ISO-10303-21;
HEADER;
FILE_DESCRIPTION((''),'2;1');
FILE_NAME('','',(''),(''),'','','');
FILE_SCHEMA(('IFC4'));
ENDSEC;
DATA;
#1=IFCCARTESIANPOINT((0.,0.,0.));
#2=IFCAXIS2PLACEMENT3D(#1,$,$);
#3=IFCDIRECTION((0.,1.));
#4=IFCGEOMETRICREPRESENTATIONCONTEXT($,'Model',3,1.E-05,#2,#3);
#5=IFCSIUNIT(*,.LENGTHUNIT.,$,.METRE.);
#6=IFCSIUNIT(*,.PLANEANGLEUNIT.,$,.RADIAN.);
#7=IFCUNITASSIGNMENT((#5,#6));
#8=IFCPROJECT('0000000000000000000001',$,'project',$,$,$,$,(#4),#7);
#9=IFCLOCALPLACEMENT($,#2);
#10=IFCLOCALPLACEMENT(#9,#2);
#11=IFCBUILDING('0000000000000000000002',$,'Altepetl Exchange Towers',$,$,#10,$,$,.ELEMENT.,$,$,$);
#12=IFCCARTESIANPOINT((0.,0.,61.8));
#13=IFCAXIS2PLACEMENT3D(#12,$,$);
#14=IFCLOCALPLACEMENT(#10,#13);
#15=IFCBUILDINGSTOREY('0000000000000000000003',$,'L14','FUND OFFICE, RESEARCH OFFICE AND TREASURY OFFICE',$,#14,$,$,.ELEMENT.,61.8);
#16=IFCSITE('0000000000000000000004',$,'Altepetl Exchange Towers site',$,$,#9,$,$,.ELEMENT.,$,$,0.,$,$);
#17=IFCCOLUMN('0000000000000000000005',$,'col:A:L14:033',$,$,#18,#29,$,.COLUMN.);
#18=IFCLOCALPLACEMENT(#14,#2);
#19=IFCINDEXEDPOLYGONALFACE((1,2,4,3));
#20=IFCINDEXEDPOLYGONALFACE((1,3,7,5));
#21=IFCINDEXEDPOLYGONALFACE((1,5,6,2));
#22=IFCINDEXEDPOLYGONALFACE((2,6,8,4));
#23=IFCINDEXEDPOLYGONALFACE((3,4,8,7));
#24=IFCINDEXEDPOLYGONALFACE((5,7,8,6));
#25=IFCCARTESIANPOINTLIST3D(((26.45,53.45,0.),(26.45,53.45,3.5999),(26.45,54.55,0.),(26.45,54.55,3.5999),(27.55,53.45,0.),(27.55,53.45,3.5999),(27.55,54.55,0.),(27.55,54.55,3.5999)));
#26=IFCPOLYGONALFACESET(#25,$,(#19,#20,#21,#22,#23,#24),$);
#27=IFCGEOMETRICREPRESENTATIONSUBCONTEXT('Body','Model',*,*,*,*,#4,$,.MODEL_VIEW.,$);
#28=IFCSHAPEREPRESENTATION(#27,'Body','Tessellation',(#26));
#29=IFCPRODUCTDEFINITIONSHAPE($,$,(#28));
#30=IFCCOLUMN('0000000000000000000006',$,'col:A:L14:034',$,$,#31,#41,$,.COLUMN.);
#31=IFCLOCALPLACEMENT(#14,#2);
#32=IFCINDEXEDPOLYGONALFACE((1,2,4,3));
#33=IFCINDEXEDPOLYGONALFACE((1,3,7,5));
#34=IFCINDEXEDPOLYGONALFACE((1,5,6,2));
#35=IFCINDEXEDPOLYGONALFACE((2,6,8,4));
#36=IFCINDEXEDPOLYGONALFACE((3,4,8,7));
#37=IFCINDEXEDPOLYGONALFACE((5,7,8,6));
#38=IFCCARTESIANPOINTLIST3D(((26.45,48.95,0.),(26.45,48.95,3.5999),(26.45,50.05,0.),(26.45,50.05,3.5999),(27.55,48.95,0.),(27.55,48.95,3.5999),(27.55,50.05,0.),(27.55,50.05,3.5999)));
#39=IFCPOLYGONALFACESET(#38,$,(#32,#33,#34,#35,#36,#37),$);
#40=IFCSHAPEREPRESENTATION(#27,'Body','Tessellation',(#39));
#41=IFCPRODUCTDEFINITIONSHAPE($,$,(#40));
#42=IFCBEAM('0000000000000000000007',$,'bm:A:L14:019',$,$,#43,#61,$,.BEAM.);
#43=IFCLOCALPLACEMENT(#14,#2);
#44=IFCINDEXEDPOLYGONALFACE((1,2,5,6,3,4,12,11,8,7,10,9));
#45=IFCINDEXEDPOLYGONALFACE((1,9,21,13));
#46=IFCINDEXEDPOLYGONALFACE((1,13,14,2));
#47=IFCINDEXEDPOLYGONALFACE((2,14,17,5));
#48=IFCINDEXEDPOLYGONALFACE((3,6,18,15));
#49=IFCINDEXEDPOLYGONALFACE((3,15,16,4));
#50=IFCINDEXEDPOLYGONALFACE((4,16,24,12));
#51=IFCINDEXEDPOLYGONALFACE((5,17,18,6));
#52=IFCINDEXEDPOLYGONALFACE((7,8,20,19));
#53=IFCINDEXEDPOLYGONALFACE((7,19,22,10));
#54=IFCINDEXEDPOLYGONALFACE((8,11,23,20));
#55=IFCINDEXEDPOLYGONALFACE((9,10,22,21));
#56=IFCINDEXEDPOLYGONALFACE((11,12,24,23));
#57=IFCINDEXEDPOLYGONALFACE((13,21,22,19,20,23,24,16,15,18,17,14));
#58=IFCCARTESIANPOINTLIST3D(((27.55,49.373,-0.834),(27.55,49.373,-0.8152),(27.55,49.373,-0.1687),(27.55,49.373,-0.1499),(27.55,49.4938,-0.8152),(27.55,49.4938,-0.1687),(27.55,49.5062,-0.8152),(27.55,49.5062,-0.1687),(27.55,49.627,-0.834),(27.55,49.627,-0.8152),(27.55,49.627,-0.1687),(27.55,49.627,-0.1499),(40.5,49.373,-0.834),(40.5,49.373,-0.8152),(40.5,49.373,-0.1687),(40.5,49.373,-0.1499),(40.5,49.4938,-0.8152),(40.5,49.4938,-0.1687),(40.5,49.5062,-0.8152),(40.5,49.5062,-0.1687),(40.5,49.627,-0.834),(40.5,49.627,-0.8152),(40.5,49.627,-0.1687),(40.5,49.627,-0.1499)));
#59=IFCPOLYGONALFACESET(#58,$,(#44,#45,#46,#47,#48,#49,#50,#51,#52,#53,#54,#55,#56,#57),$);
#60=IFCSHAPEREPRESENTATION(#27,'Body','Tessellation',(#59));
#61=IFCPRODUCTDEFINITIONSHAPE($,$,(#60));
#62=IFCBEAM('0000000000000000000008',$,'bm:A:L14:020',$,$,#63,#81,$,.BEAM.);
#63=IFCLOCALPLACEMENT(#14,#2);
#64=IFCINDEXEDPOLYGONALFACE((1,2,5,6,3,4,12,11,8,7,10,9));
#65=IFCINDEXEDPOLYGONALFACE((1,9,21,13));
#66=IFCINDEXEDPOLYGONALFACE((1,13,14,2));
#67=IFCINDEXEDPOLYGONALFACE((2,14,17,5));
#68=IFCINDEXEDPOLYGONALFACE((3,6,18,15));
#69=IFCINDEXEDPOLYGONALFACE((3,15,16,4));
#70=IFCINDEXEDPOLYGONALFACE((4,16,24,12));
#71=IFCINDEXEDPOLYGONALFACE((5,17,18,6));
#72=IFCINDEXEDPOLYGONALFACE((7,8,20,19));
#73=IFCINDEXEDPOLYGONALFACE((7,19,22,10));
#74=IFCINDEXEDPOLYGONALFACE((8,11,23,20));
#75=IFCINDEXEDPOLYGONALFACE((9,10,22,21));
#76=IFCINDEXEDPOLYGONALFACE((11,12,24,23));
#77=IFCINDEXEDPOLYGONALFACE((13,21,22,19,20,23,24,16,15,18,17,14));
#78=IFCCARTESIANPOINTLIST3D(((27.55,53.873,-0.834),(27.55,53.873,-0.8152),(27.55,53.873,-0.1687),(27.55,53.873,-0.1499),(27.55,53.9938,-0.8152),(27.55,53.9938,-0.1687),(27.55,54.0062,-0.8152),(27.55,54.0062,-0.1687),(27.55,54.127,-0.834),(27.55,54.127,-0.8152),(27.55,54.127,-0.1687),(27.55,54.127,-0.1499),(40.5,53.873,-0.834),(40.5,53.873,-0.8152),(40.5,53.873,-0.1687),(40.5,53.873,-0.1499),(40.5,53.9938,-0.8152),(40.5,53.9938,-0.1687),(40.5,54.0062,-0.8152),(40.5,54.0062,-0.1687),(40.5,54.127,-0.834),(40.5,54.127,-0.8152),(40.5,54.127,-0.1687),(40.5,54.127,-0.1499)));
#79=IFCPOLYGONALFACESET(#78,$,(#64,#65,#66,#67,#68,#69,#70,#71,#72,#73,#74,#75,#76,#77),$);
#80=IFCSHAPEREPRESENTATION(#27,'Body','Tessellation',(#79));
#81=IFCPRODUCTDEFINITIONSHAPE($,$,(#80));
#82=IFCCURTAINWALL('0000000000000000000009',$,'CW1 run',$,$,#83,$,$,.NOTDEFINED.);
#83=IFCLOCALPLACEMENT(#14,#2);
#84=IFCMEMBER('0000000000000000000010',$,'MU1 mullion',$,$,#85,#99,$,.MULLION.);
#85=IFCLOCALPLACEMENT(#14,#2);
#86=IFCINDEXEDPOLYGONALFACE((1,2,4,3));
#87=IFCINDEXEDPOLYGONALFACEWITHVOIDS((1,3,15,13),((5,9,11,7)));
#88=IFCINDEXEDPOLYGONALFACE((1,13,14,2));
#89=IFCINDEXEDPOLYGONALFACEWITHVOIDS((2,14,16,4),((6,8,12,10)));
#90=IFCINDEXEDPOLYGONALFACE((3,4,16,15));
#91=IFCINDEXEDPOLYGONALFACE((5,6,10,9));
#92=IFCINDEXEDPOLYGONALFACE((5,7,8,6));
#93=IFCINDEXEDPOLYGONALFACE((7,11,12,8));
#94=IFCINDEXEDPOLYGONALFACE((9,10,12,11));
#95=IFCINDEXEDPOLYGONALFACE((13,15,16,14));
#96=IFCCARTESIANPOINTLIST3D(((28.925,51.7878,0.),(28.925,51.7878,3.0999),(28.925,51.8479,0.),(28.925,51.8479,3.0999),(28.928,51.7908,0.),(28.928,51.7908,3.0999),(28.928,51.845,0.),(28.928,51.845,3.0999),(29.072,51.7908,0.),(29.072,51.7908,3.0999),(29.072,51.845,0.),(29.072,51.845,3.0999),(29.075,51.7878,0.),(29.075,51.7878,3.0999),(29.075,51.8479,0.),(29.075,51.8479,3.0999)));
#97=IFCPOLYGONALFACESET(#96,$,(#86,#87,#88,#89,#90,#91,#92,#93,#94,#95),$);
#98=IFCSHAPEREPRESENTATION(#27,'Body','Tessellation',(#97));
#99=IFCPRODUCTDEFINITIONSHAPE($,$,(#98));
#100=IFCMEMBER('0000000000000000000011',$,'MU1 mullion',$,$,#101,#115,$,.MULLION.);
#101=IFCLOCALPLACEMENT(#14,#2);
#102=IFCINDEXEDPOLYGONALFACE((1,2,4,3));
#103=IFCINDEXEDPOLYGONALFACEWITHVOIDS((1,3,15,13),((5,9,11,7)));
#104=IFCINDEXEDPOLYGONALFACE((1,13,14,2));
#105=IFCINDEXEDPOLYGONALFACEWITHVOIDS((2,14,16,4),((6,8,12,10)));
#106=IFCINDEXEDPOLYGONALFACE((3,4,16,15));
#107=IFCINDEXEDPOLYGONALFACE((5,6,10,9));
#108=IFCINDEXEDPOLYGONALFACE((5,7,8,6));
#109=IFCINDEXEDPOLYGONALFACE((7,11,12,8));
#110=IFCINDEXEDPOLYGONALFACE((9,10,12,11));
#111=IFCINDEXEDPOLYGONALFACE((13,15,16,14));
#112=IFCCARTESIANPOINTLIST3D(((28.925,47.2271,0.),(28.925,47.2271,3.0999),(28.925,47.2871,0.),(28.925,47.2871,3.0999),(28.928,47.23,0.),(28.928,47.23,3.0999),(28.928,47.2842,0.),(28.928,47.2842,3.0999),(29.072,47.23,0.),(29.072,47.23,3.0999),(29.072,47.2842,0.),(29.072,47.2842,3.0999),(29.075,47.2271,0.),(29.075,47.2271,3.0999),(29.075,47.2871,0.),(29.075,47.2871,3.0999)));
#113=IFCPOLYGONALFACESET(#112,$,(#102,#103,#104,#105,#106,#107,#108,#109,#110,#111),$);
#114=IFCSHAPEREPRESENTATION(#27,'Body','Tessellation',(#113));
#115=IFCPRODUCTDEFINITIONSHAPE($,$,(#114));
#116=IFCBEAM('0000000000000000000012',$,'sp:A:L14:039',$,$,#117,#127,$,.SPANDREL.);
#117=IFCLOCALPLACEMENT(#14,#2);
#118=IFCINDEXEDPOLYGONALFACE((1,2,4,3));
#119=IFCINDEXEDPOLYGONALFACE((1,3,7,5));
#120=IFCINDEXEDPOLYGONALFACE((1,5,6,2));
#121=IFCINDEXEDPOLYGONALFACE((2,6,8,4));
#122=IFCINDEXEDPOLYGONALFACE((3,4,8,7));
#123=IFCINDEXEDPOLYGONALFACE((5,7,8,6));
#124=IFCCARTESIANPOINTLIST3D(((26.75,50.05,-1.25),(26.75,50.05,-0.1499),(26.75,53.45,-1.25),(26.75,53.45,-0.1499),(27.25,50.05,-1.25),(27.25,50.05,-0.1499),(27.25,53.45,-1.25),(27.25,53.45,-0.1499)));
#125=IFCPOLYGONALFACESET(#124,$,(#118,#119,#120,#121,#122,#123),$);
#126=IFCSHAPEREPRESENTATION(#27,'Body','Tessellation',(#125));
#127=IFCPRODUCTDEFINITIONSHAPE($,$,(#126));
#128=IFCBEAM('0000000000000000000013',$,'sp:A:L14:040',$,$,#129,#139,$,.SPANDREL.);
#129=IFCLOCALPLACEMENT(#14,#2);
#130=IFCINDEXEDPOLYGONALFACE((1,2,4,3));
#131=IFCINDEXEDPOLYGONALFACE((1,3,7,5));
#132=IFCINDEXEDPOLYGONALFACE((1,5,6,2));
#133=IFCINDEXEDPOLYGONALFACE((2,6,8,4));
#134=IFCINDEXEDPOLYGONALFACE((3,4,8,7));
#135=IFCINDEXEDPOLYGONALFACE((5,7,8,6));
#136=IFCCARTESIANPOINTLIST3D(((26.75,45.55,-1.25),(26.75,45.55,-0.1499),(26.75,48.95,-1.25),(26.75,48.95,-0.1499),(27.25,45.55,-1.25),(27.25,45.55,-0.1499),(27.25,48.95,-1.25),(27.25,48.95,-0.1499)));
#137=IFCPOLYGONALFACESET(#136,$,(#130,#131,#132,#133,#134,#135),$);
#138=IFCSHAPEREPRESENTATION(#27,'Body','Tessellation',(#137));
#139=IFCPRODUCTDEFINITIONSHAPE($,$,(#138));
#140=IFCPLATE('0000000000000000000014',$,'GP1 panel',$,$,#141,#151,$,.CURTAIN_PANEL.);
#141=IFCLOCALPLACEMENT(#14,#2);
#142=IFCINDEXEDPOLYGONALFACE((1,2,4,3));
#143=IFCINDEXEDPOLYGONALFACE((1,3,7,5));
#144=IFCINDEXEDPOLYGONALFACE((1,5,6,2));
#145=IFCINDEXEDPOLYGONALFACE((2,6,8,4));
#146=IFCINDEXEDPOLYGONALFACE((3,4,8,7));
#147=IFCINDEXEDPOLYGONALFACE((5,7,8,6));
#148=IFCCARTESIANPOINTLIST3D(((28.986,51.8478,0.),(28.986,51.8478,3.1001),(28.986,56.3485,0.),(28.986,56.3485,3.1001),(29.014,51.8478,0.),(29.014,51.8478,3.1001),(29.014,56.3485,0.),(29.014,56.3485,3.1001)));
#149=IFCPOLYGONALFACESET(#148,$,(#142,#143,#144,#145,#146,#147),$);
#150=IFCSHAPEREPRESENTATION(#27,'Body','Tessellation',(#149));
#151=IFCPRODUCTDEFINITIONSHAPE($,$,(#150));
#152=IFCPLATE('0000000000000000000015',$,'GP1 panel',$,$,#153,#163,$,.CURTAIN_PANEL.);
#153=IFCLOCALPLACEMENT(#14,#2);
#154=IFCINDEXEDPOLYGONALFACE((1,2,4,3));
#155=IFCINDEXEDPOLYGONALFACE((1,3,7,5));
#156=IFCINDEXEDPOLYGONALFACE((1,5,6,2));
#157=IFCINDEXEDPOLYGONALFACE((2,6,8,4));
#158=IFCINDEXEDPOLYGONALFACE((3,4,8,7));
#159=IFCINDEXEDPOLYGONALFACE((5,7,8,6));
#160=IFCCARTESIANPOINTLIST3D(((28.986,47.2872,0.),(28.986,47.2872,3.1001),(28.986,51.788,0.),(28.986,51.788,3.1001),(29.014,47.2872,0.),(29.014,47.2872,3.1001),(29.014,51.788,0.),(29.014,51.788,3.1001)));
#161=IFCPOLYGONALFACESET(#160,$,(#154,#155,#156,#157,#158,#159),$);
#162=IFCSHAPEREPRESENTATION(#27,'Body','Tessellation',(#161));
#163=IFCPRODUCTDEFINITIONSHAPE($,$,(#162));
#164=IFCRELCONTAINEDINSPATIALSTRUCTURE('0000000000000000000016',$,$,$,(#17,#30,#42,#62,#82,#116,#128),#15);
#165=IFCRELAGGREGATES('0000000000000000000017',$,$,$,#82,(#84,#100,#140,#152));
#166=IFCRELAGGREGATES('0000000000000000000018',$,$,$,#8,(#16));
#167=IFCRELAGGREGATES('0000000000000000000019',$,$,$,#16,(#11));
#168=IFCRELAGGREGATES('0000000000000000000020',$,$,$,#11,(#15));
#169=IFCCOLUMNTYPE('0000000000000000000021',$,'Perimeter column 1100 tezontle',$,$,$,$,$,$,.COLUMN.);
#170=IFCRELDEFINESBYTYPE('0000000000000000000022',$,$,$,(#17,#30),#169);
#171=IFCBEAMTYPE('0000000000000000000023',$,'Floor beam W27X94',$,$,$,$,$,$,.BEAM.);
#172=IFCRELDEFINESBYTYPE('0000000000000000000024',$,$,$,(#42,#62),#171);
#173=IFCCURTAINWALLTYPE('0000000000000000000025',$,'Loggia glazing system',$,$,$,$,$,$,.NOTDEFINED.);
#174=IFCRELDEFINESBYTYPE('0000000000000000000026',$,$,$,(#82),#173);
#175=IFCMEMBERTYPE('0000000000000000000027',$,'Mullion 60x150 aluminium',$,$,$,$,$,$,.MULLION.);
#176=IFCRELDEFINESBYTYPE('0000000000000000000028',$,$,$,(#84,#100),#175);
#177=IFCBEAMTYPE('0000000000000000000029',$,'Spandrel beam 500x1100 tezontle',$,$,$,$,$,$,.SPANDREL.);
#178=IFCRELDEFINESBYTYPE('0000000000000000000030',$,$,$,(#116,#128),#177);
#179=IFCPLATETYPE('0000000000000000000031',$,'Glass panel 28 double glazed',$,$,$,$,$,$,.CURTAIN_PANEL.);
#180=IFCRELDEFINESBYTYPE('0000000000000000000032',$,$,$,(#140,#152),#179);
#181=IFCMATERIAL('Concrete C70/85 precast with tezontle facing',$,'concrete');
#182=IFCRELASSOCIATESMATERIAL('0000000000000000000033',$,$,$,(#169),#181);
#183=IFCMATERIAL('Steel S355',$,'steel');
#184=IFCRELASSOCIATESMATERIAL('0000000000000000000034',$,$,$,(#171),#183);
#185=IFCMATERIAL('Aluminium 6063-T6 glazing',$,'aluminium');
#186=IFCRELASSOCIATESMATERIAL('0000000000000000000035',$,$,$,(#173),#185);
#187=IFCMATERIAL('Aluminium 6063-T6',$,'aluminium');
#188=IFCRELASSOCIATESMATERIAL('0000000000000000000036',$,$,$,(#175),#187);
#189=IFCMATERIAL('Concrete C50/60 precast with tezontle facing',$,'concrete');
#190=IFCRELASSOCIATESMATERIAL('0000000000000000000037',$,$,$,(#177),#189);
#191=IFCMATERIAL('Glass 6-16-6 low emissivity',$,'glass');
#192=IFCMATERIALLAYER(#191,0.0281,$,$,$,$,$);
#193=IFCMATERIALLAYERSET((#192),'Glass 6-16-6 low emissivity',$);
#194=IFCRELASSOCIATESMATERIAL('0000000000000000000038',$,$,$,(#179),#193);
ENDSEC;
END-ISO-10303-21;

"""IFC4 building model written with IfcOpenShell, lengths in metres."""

from ifc_helpers import new_model, si_unit, direction, frame, origin, origin_2d, place, context, subcontext, project, spatial, rectangle, hollow_rectangle, i_section, extrude, material, layer, layer_set, material_profile, profile_set, type_object, element, aggregate, save


model = new_model("IFC4")

# Units and contexts
model_context = context("Model", 3, precision=1e-05, world=origin(), true_north=direction((0.0, 1.0)))
body_context = subcontext(model_context, "Body", "Model", "MODEL_VIEW")
ifc_project = project(units=[si_unit("LENGTHUNIT", "METRE"), si_unit("PLANEANGLEUNIT", "RADIAN")], contexts=[model_context])

# Site, building, storey
site_placement = place(None, origin())
site = spatial("IfcSite", under=ifc_project, at=site_placement, Name="Altepetl Exchange Towers site", CompositionType="ELEMENT", RefElevation=0.0)
building_placement = place(site_placement, origin())
building = spatial("IfcBuilding", under=site, at=building_placement, Name="Altepetl Exchange Towers", CompositionType="ELEMENT")
storey_placement = place(building_placement, frame((0.0, 0.0, 61.8)))
storey = spatial("IfcBuildingStorey", under=building, at=storey_placement, Name="L14", Description="FUND OFFICE, RESEARCH OFFICE AND TREASURY OFFICE", CompositionType="ELEMENT", Elevation=61.8)

# Columns
ifc_material_1 = material(Name="Concrete C70/85 precast with tezontle facing", Category="concrete")
ifc_material_profile_1 = material_profile(ifc_material_1, rectangle(XDim=1.1001, YDim=1.1001, at=origin_2d()), Name="1100 x 1100")
ifc_profile_set_1 = profile_set([ifc_material_profile_1], Name="Concrete C70/85 precast with tezontle facing")
column_type = type_object("IfcColumnType", Name="Perimeter column 1100 tezontle", PredefinedType="COLUMN", material=ifc_profile_set_1)
for number, where, name in (
    (1, (27.0, 54.0, 0.0), "col:A:L14:033"),
    (2, (27.0, 49.5, 0.0), "col:A:L14:034"),
):
    element("IfcColumn", number, at=place(storey_placement, frame(where)), inside=storey, type_object=column_type, Name=name, PredefinedType="COLUMN", context=body_context, shape_type="SweptSolid", body=[
        extrude(rectangle(XDim=1.1001, YDim=1.1001, at=origin_2d()), origin(), (0.0, 0.0, 1.0), 3.5999),
    ])

# Beams
ifc_material_2 = material(Name="Steel S355", Category="steel")
ifc_material_profile_2 = material_profile(ifc_material_2, i_section(OverallWidth=0.2539, OverallDepth=0.6841, WebThickness=0.0125, FlangeThickness=0.0188, at=origin_2d()), Name="W27X94")
ifc_profile_set_2 = profile_set([ifc_material_profile_2], Name="Steel S355")
beam_type_1 = type_object("IfcBeamType", Name="Floor beam W27X94", PredefinedType="BEAM", material=ifc_profile_set_2)
for number, where, z_axis, x_axis, name in (
    (3, (27.55, 49.5, -0.4919), (1.0, 0.0, 0.0), (0.0, 1.0, 0.0), "bm:A:L14:019"),
    (4, (27.55, 54.0, -0.4919), (1.0, 0.0, 0.0), (0.0, 1.0, 0.0), "bm:A:L14:020"),
):
    element("IfcBeam", number, at=place(storey_placement, frame(where, z_axis=z_axis, x_axis=x_axis)), inside=storey, type_object=beam_type_1, Name=name, PredefinedType="BEAM", context=body_context, shape_type="SweptSolid", body=[
        extrude(i_section(OverallWidth=0.2539, OverallDepth=0.6841, WebThickness=0.0125, FlangeThickness=0.0188, at=origin_2d()), origin(), (0.0, 0.0, 1.0), 12.95),
    ])

# Curtain wall, members
ifc_material_3 = material(Name="Aluminium 6063-T6 glazing", Category="aluminium")
curtain_wall_type = type_object("IfcCurtainWallType", Name="Loggia glazing system", PredefinedType="NOTDEFINED", material=ifc_material_3)
curtain_wall_placement = place(storey_placement, origin())
curtain_wall = element("IfcCurtainWall", 5, at=curtain_wall_placement, inside=storey, type_object=curtain_wall_type, Name="CW1 run", PredefinedType="NOTDEFINED")
ifc_material_4 = material(Name="Aluminium 6063-T6", Category="aluminium")
ifc_material_profile_3 = material_profile(ifc_material_4, hollow_rectangle(XDim=0.0601, YDim=0.1499, WallThickness=0.0029, at=origin_2d()), Name="Mullion 60x150 aluminium")
ifc_profile_set_3 = profile_set([ifc_material_profile_3], Name="Aluminium 6063-T6")
member_type = type_object("IfcMemberType", Name="Mullion 60x150 aluminium", PredefinedType="MULLION", material=ifc_profile_set_3)
member_1_placement = place(storey_placement, frame((29.0, 51.8179, 0.0), z_axis=(0.0, 0.0, 1.0), x_axis=(0.0, -1.0, 0.0)))
member_1 = element("IfcMember", 6, at=member_1_placement, type_object=member_type, Name="MU1 mullion", PredefinedType="MULLION", context=body_context, shape_type="SweptSolid", body=[
    extrude(hollow_rectangle(XDim=0.0601, YDim=0.1499, WallThickness=0.0029, at=origin_2d()), origin(), (0.0, 0.0, 1.0), 3.0999),
])
member_2_placement = place(storey_placement, frame((29.0, 47.2571, 0.0), z_axis=(0.0, 0.0, 1.0), x_axis=(0.0, -1.0, 0.0)))
member_2 = element("IfcMember", 7, at=member_2_placement, type_object=member_type, Name="MU1 mullion", PredefinedType="MULLION", context=body_context, shape_type="SweptSolid", body=[
    extrude(hollow_rectangle(XDim=0.0601, YDim=0.1499, WallThickness=0.0029, at=origin_2d()), origin(), (0.0, 0.0, 1.0), 3.0999),
])

# Beams
ifc_material_5 = material(Name="Concrete C50/60 precast with tezontle facing", Category="concrete")
ifc_material_profile_4 = material_profile(ifc_material_5, rectangle(XDim=0.5, YDim=1.1001, at=origin_2d()), Name="500 x 1100")
ifc_profile_set_4 = profile_set([ifc_material_profile_4], Name="Concrete C50/60 precast with tezontle facing")
beam_type_2 = type_object("IfcBeamType", Name="Spandrel beam 500x1100 tezontle", PredefinedType="SPANDREL", material=ifc_profile_set_4)
for number, where, z_axis, x_axis, name in (
    (8, (27.0, 53.45, -0.7), (0.0, -1.0, 0.0), (1.0, 0.0, 0.0), "sp:A:L14:039"),
    (9, (27.0, 48.95, -0.7), (0.0, -1.0, 0.0), (1.0, 0.0, 0.0), "sp:A:L14:040"),
):
    element("IfcBeam", number, at=place(storey_placement, frame(where, z_axis=z_axis, x_axis=x_axis)), inside=storey, type_object=beam_type_2, Name=name, PredefinedType="SPANDREL", context=body_context, shape_type="SweptSolid", body=[
        extrude(rectangle(XDim=0.5, YDim=1.1001, at=origin_2d()), origin(), (0.0, 0.0, 1.0), 3.3999),
    ])

# Plates
ifc_material_6 = material(Name="Glass 6-16-6 low emissivity", Category="glass")
ifc_layer_1 = layer(ifc_material_6, 0.0281)
ifc_layer_set_1 = layer_set([ifc_layer_1], Name="Glass 6-16-6 low emissivity")
plate_type = type_object("IfcPlateType", Name="Glass panel 28 double glazed", PredefinedType="CURTAIN_PANEL", material=ifc_layer_set_1)
plate_1_placement = place(storey_placement, frame((29.0, 54.0981, 0.0), z_axis=(0.0, 0.0, 1.0), x_axis=(0.0, -1.0, 0.0)))
plate_1 = element("IfcPlate", 10, at=plate_1_placement, type_object=plate_type, Name="GP1 panel", PredefinedType="CURTAIN_PANEL", context=body_context, shape_type="SweptSolid", body=[
    extrude(rectangle(XDim=4.5007, YDim=0.0281, at=origin_2d()), origin(), (0.0, 0.0, 1.0), 3.1001),
])
plate_2_placement = place(storey_placement, frame((29.0, 49.5376, 0.0), z_axis=(0.0, 0.0, 1.0), x_axis=(0.0, -1.0, 0.0)))
plate_2 = element("IfcPlate", 11, at=plate_2_placement, type_object=plate_type, Name="GP1 panel", PredefinedType="CURTAIN_PANEL", context=body_context, shape_type="SweptSolid", body=[
    extrude(rectangle(XDim=4.5007, YDim=0.0281, at=origin_2d()), origin(), (0.0, 0.0, 1.0), 3.1001),
])
aggregate(curtain_wall, [member_1, member_2, plate_1, plate_2])

save(model, "model.ifc")
